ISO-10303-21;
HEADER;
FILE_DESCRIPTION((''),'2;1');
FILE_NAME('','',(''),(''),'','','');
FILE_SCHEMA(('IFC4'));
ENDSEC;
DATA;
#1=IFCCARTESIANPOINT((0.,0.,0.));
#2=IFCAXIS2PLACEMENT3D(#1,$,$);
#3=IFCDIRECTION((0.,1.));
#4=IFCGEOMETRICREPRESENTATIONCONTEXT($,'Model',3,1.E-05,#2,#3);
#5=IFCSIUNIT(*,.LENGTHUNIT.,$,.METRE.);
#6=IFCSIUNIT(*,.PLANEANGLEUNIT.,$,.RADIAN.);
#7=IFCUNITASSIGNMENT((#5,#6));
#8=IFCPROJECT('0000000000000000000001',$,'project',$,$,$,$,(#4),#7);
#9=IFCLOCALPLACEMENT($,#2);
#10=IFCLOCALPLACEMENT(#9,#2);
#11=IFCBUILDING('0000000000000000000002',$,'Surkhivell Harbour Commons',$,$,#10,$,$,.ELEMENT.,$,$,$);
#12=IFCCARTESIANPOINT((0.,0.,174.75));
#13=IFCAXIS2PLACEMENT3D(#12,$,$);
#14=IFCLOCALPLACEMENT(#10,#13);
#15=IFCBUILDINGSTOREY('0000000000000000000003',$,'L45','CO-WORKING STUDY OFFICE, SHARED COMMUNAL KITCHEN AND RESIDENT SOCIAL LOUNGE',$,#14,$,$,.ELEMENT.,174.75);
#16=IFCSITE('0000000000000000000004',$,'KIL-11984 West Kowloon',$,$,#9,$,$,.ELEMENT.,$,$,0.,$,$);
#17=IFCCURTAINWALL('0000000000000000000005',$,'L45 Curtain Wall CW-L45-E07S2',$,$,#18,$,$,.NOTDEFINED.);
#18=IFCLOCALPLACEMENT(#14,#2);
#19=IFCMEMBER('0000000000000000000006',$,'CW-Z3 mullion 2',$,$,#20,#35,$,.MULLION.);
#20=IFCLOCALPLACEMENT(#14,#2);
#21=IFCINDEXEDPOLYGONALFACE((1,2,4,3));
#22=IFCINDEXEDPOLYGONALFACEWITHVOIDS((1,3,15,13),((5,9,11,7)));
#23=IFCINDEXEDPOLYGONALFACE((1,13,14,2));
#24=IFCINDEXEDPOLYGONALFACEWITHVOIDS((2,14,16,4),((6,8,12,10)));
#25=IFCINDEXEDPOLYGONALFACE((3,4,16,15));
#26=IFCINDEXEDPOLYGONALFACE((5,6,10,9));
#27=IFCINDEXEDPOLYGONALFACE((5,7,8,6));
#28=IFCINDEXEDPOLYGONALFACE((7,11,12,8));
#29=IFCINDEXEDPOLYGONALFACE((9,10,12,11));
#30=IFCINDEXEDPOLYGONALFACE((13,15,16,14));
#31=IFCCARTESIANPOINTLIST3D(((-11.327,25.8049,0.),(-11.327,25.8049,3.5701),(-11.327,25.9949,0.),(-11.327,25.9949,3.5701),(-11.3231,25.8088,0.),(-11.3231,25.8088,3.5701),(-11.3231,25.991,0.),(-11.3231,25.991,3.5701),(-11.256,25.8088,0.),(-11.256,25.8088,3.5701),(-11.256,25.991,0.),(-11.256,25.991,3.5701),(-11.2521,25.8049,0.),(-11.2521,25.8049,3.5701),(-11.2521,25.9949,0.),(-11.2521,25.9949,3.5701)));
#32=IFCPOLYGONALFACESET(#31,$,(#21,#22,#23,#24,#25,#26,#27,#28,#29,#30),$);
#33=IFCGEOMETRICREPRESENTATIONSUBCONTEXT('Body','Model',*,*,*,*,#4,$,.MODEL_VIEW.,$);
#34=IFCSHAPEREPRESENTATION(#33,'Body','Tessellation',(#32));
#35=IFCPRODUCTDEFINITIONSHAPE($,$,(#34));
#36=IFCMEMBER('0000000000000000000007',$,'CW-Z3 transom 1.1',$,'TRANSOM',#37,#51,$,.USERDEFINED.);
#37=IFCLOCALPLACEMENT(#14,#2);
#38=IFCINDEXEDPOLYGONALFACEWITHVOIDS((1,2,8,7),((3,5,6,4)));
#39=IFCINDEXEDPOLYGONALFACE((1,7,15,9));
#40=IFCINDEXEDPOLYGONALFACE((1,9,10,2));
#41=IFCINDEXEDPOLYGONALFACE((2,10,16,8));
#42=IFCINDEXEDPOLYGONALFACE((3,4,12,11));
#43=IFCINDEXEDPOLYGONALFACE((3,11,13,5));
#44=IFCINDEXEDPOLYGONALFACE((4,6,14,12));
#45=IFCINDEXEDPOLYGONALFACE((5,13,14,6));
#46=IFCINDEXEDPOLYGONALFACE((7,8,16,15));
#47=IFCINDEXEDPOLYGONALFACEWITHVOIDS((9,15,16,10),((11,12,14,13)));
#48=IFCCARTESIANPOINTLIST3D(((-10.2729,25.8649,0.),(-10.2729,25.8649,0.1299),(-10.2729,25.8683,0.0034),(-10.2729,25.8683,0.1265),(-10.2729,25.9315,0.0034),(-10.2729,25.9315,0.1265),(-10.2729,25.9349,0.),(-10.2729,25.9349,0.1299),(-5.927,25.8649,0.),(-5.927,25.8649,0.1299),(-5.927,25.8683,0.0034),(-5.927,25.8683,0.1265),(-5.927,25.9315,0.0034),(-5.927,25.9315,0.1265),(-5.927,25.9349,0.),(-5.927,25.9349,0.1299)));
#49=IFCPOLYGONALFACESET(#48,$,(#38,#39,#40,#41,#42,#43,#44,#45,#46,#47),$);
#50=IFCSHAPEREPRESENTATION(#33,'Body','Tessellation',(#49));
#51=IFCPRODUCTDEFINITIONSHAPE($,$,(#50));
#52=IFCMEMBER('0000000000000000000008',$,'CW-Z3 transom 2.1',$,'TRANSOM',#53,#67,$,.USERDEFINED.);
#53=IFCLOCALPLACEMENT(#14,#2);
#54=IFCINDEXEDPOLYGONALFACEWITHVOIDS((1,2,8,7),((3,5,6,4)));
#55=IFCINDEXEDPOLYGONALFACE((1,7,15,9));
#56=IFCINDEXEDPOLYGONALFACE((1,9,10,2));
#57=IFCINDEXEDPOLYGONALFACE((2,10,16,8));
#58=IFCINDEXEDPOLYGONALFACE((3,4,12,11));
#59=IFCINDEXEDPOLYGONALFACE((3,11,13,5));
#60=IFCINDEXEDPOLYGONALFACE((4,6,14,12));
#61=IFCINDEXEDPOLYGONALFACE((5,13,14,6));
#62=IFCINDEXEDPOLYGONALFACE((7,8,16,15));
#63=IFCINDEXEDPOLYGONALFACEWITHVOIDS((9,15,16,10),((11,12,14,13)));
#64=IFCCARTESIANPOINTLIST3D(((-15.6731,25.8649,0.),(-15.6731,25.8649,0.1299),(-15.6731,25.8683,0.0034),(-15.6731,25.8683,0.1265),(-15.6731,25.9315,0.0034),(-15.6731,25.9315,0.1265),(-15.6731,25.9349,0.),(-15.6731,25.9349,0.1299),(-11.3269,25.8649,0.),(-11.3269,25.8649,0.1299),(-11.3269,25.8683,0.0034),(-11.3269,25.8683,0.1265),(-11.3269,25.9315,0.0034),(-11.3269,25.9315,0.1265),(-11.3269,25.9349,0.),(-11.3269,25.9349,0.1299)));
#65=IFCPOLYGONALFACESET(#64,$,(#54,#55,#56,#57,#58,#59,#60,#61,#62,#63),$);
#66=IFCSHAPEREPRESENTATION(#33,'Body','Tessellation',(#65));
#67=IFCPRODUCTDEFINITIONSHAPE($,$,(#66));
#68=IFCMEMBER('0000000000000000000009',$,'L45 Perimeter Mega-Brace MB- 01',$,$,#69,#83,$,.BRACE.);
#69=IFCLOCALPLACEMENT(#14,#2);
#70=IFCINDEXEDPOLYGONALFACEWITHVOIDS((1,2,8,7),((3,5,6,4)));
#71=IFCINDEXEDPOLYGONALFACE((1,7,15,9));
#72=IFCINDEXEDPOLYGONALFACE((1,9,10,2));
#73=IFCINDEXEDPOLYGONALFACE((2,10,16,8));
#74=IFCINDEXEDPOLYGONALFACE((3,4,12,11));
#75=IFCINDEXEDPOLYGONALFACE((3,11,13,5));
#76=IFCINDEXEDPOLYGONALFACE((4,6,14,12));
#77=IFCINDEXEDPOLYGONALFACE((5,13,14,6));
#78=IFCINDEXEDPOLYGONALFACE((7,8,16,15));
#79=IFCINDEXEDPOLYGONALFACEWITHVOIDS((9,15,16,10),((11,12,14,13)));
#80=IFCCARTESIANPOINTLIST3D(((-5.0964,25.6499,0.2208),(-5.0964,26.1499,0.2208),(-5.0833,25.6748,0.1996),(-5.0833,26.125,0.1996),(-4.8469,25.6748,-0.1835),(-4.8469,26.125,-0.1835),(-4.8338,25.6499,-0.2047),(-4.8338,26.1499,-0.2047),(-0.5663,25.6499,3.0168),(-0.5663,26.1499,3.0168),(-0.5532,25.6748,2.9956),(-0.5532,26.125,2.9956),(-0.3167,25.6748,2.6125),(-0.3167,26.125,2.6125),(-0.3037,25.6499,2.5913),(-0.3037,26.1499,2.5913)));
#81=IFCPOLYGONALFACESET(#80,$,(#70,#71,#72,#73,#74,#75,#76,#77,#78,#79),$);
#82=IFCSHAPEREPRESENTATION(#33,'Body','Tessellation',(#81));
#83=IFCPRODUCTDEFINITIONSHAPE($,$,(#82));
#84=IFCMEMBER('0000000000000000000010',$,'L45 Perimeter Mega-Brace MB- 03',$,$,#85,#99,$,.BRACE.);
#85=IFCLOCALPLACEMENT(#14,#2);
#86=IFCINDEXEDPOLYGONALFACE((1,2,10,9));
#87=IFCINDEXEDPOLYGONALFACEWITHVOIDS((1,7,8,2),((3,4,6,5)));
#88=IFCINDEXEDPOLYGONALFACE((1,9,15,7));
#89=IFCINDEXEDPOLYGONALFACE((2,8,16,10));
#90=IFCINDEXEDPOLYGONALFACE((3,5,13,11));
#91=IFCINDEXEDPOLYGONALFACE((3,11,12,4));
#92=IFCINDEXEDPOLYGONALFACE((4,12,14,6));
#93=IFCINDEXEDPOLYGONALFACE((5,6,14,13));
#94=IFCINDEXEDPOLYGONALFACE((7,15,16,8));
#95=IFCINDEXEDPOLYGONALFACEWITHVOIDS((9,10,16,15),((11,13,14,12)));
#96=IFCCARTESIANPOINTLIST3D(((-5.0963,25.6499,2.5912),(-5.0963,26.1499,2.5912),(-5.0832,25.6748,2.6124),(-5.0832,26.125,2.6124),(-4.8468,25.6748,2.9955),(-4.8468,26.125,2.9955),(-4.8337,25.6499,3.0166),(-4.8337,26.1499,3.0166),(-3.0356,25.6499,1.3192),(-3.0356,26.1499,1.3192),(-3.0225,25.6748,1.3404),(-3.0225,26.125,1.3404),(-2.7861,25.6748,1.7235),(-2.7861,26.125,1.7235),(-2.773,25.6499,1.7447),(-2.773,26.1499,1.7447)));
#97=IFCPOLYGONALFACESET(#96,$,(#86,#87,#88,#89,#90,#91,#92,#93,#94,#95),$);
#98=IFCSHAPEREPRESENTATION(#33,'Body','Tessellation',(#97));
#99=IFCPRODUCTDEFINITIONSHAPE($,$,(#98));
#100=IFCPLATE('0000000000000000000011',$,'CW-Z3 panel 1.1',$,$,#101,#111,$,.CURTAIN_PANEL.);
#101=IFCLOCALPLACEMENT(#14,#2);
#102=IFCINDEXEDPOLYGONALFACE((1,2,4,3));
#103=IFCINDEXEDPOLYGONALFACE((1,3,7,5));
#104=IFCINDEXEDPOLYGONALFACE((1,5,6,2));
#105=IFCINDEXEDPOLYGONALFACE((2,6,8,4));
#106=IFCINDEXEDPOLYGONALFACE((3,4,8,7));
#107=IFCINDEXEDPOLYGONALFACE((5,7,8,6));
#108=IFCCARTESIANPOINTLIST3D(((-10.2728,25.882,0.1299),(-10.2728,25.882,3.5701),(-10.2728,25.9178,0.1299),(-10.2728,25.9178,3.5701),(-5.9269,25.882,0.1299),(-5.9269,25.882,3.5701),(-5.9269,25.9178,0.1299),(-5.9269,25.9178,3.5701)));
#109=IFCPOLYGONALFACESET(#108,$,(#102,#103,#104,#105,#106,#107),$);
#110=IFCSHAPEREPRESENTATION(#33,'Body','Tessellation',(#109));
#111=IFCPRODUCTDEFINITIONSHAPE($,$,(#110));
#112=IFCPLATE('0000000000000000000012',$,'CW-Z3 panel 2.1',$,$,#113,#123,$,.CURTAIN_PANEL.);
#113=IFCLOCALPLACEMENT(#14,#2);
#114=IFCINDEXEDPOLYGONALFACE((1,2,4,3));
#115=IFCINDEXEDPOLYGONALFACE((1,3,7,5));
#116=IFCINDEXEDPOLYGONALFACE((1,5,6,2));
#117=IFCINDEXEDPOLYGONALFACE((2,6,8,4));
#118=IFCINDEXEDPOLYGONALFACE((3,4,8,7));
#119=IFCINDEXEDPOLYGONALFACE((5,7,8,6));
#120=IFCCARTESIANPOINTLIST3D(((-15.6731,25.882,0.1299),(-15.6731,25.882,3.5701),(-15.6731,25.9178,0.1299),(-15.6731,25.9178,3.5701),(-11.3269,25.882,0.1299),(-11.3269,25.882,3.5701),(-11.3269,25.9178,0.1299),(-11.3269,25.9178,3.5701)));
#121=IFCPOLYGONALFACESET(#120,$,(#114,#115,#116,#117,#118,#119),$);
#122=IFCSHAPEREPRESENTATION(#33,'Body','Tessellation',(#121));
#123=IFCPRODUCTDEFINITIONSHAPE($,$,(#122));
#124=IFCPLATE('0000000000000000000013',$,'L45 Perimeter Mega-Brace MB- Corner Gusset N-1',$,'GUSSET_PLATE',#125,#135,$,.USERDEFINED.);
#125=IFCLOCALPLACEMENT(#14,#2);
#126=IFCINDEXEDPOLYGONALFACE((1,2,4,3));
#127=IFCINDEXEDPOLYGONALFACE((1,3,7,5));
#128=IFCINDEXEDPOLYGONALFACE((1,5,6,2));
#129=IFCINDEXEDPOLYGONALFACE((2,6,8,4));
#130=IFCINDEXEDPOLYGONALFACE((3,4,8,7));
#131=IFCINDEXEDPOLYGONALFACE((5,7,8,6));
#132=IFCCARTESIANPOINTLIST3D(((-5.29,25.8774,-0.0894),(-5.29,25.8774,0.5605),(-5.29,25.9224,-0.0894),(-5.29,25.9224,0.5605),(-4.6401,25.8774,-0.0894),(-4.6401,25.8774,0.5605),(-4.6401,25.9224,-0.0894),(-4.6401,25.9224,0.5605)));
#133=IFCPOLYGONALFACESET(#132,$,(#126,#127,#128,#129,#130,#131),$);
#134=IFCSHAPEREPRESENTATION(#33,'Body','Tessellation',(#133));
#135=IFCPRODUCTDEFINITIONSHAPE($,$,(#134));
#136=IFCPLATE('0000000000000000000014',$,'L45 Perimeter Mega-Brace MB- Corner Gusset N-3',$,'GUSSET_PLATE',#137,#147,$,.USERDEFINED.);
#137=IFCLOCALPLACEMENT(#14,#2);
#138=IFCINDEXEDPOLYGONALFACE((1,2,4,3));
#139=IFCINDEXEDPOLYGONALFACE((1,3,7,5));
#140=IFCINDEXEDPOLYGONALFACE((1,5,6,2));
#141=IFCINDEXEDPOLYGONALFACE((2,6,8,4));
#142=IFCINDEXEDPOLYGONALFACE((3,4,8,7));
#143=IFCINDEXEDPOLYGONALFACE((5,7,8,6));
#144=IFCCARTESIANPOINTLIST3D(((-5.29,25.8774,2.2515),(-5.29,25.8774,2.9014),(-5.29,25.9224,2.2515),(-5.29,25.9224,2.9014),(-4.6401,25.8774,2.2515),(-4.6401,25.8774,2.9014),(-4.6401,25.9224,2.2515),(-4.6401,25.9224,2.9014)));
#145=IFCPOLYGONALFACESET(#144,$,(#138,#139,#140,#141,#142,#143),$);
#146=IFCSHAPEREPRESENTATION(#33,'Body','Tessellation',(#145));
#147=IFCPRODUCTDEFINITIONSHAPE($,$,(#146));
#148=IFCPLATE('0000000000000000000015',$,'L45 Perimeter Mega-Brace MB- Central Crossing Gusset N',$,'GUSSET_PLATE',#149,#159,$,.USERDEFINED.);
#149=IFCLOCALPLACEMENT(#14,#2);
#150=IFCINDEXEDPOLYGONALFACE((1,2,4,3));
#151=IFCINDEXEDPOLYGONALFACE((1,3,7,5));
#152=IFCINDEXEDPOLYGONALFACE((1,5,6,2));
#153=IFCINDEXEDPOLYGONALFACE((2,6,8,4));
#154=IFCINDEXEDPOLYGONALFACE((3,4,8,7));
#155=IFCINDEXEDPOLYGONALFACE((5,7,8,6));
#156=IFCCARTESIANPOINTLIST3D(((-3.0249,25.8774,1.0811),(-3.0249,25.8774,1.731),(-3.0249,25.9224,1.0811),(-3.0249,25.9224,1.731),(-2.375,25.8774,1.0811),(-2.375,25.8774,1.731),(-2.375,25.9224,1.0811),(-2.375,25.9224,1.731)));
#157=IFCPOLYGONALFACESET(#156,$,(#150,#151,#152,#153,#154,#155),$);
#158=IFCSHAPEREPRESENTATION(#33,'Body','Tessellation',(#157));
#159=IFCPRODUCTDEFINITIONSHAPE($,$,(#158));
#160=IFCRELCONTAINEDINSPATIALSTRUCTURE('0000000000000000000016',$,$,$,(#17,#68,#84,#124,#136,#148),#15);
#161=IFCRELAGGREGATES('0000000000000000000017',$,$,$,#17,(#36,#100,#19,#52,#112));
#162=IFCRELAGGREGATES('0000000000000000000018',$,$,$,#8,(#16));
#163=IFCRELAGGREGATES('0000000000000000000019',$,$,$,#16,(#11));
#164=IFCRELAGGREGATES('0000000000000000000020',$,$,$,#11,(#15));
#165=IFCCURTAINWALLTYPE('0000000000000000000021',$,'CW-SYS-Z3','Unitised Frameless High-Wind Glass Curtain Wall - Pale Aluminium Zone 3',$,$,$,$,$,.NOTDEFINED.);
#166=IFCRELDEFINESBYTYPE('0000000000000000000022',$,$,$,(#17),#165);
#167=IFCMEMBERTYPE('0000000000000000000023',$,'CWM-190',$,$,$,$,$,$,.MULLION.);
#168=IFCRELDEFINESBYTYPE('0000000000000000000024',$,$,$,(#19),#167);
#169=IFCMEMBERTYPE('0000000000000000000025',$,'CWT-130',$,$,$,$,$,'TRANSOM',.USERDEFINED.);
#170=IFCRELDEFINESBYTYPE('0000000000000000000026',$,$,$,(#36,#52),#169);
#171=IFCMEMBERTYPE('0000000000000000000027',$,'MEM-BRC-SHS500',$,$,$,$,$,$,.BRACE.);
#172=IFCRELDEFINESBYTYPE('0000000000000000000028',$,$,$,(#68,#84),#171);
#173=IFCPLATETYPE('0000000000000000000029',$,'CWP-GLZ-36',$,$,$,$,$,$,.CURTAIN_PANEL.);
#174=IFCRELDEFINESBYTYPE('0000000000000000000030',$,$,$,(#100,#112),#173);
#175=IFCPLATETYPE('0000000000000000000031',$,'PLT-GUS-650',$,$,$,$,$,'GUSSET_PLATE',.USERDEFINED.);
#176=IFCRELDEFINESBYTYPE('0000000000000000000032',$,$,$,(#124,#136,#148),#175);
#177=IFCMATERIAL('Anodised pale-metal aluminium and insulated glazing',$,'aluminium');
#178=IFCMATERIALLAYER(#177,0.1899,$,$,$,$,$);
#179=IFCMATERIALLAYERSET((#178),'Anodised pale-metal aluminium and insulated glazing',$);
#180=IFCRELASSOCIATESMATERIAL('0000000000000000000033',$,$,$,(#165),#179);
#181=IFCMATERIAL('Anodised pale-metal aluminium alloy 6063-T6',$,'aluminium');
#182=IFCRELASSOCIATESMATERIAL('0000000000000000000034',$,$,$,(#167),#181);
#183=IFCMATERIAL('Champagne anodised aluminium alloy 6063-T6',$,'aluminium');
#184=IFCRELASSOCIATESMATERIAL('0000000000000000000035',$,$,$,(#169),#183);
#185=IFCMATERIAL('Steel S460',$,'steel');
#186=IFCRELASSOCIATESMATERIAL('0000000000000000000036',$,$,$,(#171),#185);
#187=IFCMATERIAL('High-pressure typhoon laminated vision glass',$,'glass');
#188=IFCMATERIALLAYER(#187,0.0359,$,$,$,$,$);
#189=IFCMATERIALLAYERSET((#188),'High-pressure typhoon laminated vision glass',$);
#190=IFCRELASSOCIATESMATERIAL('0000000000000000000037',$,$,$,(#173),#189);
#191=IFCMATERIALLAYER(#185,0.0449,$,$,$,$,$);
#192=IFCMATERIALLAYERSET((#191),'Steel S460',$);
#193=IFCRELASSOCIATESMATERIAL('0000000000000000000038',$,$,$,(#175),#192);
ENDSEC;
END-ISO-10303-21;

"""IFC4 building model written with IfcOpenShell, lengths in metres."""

from ifc_helpers import new_model, si_unit, direction, frame, frame_2d, origin, origin_2d, place, context, subcontext, project, spatial, rectangle, hollow_rectangle, extrude, material, layer, layer_set, material_profile, profile_set, type_object, element, aggregate, save


model = new_model("IFC4")

# Units and contexts
model_context = context("Model", 3, precision=1e-05, world=origin(), true_north=direction((0.0, 1.0)))
body_context = subcontext(model_context, "Body", "Model", "MODEL_VIEW")
ifc_project = project(units=[si_unit("LENGTHUNIT", "METRE"), si_unit("PLANEANGLEUNIT", "RADIAN")], contexts=[model_context])

# Site, building, storey
site_placement = place(None, origin())
site = spatial("IfcSite", under=ifc_project, at=site_placement, Name="KIL-11984 West Kowloon", CompositionType="ELEMENT", RefElevation=0.0)
building_placement = place(site_placement, origin())
building = spatial("IfcBuilding", under=site, at=building_placement, Name="Surkhivell Harbour Commons", CompositionType="ELEMENT")
storey_placement = place(building_placement, frame((0.0, 0.0, 174.75)))
storey = spatial("IfcBuildingStorey", under=building, at=storey_placement, Name="L45", Description="CO-WORKING STUDY OFFICE, SHARED COMMUNAL KITCHEN AND RESIDENT SOCIAL LOUNGE", CompositionType="ELEMENT", Elevation=174.75)

# Curtain wall, members
ifc_material_1 = material(Name="Anodised pale-metal aluminium and insulated glazing", Category="aluminium")
ifc_layer_1 = layer(ifc_material_1, 0.1899)
ifc_layer_set_1 = layer_set([ifc_layer_1], Name="Anodised pale-metal aluminium and insulated glazing")
curtain_wall_type = type_object("IfcCurtainWallType", Name="CW-SYS-Z3", Description="Unitised Frameless High-Wind Glass Curtain Wall - Pale Aluminium Zone 3", PredefinedType="NOTDEFINED", material=ifc_layer_set_1)
curtain_wall_placement = place(storey_placement, origin())
curtain_wall = element("IfcCurtainWall", 1, at=curtain_wall_placement, inside=storey, type_object=curtain_wall_type, Name="L45 Curtain Wall CW-L45-E07S2", PredefinedType="NOTDEFINED")
ifc_material_2 = material(Name="Anodised pale-metal aluminium alloy 6063-T6", Category="aluminium")
ifc_material_profile_1 = material_profile(ifc_material_2, hollow_rectangle(XDim=0.075, YDim=0.1899, WallThickness=0.0039, at=origin_2d()), Name="ALU-MULL-75x190")
ifc_profile_set_1 = profile_set([ifc_material_profile_1], Name="Anodised pale-metal aluminium alloy 6063-T6")
member_type_1 = type_object("IfcMemberType", Name="CWM-190", PredefinedType="MULLION", material=ifc_profile_set_1)
member_1_placement = place(storey_placement, frame((-11.2896, 25.8999, 0.0), z_axis=(0.0, 0.0, 1.0), x_axis=(-1.0, 0.0, 0.0)))
member_1 = element("IfcMember", 2, at=member_1_placement, type_object=member_type_1, Name="CW-Z3 mullion 2", PredefinedType="MULLION", context=body_context, shape_type="SweptSolid", body=[
    extrude(hollow_rectangle(XDim=0.075, YDim=0.1899, WallThickness=0.0039, at=origin_2d()), origin(), (0.0, 0.0, 1.0), 3.5701),
])
ifc_material_3 = material(Name="Champagne anodised aluminium alloy 6063-T6", Category="aluminium")
ifc_material_profile_2 = material_profile(ifc_material_3, hollow_rectangle(XDim=0.0701, YDim=0.1299, WallThickness=0.0034, at=origin_2d()), Name="ALU-TRAN-70x130")
ifc_profile_set_2 = profile_set([ifc_material_profile_2], Name="Champagne anodised aluminium alloy 6063-T6")
member_type_2 = type_object("IfcMemberType", Name="CWT-130", ElementType="TRANSOM", PredefinedType="USERDEFINED", material=ifc_profile_set_2)
member_2_placement = place(storey_placement, frame((-5.927, 25.8999, 0.0649), z_axis=(-1.0, 0.0, 0.0), x_axis=(0.0, -1.0, 0.0)))
member_2 = element("IfcMember", 3, at=member_2_placement, type_object=member_type_2, Name="CW-Z3 transom 1.1", ObjectType="TRANSOM", PredefinedType="USERDEFINED", context=body_context, shape_type="SweptSolid", body=[
    extrude(hollow_rectangle(XDim=0.0701, YDim=0.1299, WallThickness=0.0034, at=origin_2d()), origin(), (0.0, 0.0, 1.0), 4.3459),
])
member_3_placement = place(storey_placement, frame((-11.3269, 25.8999, 0.0649), z_axis=(-1.0, 0.0, 0.0), x_axis=(0.0, -1.0, 0.0)))
member_3 = element("IfcMember", 4, at=member_3_placement, type_object=member_type_2, Name="CW-Z3 transom 2.1", ObjectType="TRANSOM", PredefinedType="USERDEFINED", context=body_context, shape_type="SweptSolid", body=[
    extrude(hollow_rectangle(XDim=0.0701, YDim=0.1299, WallThickness=0.0034, at=origin_2d()), origin(), (0.0, 0.0, 1.0), 4.3462),
])

# Members
ifc_material_4 = material(Name="Steel S460", Category="steel")
ifc_material_profile_3 = material_profile(ifc_material_4, hollow_rectangle(XDim=0.5, YDim=0.5, WallThickness=0.0249, at=origin_2d()), Name="SHS500x500x25")
ifc_profile_set_3 = profile_set([ifc_material_profile_3], Name="Steel S460")
member_type_3 = type_object("IfcMemberType", Name="MEM-BRC-SHS500", PredefinedType="BRACE", material=ifc_profile_set_3)
member_4_placement = place(storey_placement, frame((-4.9651, 25.8999, 0.0081), z_axis=(0.850971, 0.0, 0.525213), x_axis=(0.0, 1.0, 0.0)))
element("IfcMember", 5, at=member_4_placement, inside=storey, type_object=member_type_3, Name="L45 Perimeter Mega-Brace MB- 01", PredefinedType="BRACE", context=body_context, shape_type="SweptSolid", body=[
    extrude(hollow_rectangle(XDim=0.5, YDim=0.5, WallThickness=0.0249, at=origin_2d()), origin(), (0.0, 0.0, 1.0), 5.3235),
])
member_5_placement = place(storey_placement, frame((-2.9043, 25.8999, 1.532), z_axis=(-0.850958, 0.0, 0.525233), x_axis=(0.0, -1.0, 0.0)))
element("IfcMember", 6, at=member_5_placement, inside=storey, type_object=member_type_3, Name="L45 Perimeter Mega-Brace MB- 03", PredefinedType="BRACE", context=body_context, shape_type="SweptSolid", body=[
    extrude(hollow_rectangle(XDim=0.5, YDim=0.5, WallThickness=0.0249, at=origin_2d()), origin(), (0.0, 0.0, 1.0), 2.4216),
])

# Plates
ifc_material_5 = material(Name="High-pressure typhoon laminated vision glass", Category="glass")
ifc_layer_2 = layer(ifc_material_5, 0.0359)
ifc_layer_set_2 = layer_set([ifc_layer_2], Name="High-pressure typhoon laminated vision glass")
plate_type_1 = type_object("IfcPlateType", Name="CWP-GLZ-36", PredefinedType="CURTAIN_PANEL", material=ifc_layer_set_2)
plate_1_placement = place(storey_placement, frame((-5.927, 25.8999, 0.1299), z_axis=(0.0, 0.0, 1.0), x_axis=(-1.0, 0.0, 0.0)))
plate_1 = element("IfcPlate", 7, at=plate_1_placement, type_object=plate_type_1, Name="CW-Z3 panel 1.1", PredefinedType="CURTAIN_PANEL", context=body_context, shape_type="SweptSolid", body=[
    extrude(rectangle(XDim=4.3459, YDim=0.0359, at=frame_2d((2.1729, 0.0))), origin(), (0.0, 0.0, 1.0), 3.4402),
])
plate_2_placement = place(storey_placement, frame((-11.3269, 25.8999, 0.1299), z_axis=(0.0, 0.0, 1.0), x_axis=(-1.0, 0.0, 0.0)))
plate_2 = element("IfcPlate", 8, at=plate_2_placement, type_object=plate_type_1, Name="CW-Z3 panel 2.1", PredefinedType="CURTAIN_PANEL", context=body_context, shape_type="SweptSolid", body=[
    extrude(rectangle(XDim=4.3462, YDim=0.0359, at=frame_2d((2.1731, 0.0))), origin(), (0.0, 0.0, 1.0), 3.4402),
])
aggregate(curtain_wall, [member_2, plate_1, member_1, member_3, plate_2])

# Plates
ifc_layer_3 = layer(ifc_material_4, 0.0449)
ifc_layer_set_3 = layer_set([ifc_layer_3], Name="Steel S460")
plate_type_2 = type_object("IfcPlateType", Name="PLT-GUS-650", ElementType="GUSSET_PLATE", PredefinedType="USERDEFINED", material=ifc_layer_set_3)
for number, where, z_axis, x_axis, name in (
    (9, (-4.9651, 25.8999, -0.0894), (0.0, 0.0, 1.0), (1.0, 0.0, 0.0), "L45 Perimeter Mega-Brace MB- Corner Gusset N-1"),
    (10, (-4.9651, 25.8999, 2.2515), (0.0, 0.0, 1.0), (1.0, 0.0, 0.0), "L45 Perimeter Mega-Brace MB- Corner Gusset N-3"),
    (11, (-2.7, 25.8999, 1.0811), (0.0, 0.0, 1.0), (1.0, 0.0, 0.0), "L45 Perimeter Mega-Brace MB- Central Crossing Gusset N"),
):
    element("IfcPlate", number, at=place(storey_placement, frame(where, z_axis=z_axis, x_axis=x_axis)), inside=storey, type_object=plate_type_2, Name=name, ObjectType="GUSSET_PLATE", PredefinedType="USERDEFINED", context=body_context, shape_type="SweptSolid", body=[
        extrude(rectangle(XDim=0.6499, YDim=0.0449, at=origin_2d()), origin(), (0.0, 0.0, 1.0), 0.6499),
    ])

save(model, "model.ifc")
